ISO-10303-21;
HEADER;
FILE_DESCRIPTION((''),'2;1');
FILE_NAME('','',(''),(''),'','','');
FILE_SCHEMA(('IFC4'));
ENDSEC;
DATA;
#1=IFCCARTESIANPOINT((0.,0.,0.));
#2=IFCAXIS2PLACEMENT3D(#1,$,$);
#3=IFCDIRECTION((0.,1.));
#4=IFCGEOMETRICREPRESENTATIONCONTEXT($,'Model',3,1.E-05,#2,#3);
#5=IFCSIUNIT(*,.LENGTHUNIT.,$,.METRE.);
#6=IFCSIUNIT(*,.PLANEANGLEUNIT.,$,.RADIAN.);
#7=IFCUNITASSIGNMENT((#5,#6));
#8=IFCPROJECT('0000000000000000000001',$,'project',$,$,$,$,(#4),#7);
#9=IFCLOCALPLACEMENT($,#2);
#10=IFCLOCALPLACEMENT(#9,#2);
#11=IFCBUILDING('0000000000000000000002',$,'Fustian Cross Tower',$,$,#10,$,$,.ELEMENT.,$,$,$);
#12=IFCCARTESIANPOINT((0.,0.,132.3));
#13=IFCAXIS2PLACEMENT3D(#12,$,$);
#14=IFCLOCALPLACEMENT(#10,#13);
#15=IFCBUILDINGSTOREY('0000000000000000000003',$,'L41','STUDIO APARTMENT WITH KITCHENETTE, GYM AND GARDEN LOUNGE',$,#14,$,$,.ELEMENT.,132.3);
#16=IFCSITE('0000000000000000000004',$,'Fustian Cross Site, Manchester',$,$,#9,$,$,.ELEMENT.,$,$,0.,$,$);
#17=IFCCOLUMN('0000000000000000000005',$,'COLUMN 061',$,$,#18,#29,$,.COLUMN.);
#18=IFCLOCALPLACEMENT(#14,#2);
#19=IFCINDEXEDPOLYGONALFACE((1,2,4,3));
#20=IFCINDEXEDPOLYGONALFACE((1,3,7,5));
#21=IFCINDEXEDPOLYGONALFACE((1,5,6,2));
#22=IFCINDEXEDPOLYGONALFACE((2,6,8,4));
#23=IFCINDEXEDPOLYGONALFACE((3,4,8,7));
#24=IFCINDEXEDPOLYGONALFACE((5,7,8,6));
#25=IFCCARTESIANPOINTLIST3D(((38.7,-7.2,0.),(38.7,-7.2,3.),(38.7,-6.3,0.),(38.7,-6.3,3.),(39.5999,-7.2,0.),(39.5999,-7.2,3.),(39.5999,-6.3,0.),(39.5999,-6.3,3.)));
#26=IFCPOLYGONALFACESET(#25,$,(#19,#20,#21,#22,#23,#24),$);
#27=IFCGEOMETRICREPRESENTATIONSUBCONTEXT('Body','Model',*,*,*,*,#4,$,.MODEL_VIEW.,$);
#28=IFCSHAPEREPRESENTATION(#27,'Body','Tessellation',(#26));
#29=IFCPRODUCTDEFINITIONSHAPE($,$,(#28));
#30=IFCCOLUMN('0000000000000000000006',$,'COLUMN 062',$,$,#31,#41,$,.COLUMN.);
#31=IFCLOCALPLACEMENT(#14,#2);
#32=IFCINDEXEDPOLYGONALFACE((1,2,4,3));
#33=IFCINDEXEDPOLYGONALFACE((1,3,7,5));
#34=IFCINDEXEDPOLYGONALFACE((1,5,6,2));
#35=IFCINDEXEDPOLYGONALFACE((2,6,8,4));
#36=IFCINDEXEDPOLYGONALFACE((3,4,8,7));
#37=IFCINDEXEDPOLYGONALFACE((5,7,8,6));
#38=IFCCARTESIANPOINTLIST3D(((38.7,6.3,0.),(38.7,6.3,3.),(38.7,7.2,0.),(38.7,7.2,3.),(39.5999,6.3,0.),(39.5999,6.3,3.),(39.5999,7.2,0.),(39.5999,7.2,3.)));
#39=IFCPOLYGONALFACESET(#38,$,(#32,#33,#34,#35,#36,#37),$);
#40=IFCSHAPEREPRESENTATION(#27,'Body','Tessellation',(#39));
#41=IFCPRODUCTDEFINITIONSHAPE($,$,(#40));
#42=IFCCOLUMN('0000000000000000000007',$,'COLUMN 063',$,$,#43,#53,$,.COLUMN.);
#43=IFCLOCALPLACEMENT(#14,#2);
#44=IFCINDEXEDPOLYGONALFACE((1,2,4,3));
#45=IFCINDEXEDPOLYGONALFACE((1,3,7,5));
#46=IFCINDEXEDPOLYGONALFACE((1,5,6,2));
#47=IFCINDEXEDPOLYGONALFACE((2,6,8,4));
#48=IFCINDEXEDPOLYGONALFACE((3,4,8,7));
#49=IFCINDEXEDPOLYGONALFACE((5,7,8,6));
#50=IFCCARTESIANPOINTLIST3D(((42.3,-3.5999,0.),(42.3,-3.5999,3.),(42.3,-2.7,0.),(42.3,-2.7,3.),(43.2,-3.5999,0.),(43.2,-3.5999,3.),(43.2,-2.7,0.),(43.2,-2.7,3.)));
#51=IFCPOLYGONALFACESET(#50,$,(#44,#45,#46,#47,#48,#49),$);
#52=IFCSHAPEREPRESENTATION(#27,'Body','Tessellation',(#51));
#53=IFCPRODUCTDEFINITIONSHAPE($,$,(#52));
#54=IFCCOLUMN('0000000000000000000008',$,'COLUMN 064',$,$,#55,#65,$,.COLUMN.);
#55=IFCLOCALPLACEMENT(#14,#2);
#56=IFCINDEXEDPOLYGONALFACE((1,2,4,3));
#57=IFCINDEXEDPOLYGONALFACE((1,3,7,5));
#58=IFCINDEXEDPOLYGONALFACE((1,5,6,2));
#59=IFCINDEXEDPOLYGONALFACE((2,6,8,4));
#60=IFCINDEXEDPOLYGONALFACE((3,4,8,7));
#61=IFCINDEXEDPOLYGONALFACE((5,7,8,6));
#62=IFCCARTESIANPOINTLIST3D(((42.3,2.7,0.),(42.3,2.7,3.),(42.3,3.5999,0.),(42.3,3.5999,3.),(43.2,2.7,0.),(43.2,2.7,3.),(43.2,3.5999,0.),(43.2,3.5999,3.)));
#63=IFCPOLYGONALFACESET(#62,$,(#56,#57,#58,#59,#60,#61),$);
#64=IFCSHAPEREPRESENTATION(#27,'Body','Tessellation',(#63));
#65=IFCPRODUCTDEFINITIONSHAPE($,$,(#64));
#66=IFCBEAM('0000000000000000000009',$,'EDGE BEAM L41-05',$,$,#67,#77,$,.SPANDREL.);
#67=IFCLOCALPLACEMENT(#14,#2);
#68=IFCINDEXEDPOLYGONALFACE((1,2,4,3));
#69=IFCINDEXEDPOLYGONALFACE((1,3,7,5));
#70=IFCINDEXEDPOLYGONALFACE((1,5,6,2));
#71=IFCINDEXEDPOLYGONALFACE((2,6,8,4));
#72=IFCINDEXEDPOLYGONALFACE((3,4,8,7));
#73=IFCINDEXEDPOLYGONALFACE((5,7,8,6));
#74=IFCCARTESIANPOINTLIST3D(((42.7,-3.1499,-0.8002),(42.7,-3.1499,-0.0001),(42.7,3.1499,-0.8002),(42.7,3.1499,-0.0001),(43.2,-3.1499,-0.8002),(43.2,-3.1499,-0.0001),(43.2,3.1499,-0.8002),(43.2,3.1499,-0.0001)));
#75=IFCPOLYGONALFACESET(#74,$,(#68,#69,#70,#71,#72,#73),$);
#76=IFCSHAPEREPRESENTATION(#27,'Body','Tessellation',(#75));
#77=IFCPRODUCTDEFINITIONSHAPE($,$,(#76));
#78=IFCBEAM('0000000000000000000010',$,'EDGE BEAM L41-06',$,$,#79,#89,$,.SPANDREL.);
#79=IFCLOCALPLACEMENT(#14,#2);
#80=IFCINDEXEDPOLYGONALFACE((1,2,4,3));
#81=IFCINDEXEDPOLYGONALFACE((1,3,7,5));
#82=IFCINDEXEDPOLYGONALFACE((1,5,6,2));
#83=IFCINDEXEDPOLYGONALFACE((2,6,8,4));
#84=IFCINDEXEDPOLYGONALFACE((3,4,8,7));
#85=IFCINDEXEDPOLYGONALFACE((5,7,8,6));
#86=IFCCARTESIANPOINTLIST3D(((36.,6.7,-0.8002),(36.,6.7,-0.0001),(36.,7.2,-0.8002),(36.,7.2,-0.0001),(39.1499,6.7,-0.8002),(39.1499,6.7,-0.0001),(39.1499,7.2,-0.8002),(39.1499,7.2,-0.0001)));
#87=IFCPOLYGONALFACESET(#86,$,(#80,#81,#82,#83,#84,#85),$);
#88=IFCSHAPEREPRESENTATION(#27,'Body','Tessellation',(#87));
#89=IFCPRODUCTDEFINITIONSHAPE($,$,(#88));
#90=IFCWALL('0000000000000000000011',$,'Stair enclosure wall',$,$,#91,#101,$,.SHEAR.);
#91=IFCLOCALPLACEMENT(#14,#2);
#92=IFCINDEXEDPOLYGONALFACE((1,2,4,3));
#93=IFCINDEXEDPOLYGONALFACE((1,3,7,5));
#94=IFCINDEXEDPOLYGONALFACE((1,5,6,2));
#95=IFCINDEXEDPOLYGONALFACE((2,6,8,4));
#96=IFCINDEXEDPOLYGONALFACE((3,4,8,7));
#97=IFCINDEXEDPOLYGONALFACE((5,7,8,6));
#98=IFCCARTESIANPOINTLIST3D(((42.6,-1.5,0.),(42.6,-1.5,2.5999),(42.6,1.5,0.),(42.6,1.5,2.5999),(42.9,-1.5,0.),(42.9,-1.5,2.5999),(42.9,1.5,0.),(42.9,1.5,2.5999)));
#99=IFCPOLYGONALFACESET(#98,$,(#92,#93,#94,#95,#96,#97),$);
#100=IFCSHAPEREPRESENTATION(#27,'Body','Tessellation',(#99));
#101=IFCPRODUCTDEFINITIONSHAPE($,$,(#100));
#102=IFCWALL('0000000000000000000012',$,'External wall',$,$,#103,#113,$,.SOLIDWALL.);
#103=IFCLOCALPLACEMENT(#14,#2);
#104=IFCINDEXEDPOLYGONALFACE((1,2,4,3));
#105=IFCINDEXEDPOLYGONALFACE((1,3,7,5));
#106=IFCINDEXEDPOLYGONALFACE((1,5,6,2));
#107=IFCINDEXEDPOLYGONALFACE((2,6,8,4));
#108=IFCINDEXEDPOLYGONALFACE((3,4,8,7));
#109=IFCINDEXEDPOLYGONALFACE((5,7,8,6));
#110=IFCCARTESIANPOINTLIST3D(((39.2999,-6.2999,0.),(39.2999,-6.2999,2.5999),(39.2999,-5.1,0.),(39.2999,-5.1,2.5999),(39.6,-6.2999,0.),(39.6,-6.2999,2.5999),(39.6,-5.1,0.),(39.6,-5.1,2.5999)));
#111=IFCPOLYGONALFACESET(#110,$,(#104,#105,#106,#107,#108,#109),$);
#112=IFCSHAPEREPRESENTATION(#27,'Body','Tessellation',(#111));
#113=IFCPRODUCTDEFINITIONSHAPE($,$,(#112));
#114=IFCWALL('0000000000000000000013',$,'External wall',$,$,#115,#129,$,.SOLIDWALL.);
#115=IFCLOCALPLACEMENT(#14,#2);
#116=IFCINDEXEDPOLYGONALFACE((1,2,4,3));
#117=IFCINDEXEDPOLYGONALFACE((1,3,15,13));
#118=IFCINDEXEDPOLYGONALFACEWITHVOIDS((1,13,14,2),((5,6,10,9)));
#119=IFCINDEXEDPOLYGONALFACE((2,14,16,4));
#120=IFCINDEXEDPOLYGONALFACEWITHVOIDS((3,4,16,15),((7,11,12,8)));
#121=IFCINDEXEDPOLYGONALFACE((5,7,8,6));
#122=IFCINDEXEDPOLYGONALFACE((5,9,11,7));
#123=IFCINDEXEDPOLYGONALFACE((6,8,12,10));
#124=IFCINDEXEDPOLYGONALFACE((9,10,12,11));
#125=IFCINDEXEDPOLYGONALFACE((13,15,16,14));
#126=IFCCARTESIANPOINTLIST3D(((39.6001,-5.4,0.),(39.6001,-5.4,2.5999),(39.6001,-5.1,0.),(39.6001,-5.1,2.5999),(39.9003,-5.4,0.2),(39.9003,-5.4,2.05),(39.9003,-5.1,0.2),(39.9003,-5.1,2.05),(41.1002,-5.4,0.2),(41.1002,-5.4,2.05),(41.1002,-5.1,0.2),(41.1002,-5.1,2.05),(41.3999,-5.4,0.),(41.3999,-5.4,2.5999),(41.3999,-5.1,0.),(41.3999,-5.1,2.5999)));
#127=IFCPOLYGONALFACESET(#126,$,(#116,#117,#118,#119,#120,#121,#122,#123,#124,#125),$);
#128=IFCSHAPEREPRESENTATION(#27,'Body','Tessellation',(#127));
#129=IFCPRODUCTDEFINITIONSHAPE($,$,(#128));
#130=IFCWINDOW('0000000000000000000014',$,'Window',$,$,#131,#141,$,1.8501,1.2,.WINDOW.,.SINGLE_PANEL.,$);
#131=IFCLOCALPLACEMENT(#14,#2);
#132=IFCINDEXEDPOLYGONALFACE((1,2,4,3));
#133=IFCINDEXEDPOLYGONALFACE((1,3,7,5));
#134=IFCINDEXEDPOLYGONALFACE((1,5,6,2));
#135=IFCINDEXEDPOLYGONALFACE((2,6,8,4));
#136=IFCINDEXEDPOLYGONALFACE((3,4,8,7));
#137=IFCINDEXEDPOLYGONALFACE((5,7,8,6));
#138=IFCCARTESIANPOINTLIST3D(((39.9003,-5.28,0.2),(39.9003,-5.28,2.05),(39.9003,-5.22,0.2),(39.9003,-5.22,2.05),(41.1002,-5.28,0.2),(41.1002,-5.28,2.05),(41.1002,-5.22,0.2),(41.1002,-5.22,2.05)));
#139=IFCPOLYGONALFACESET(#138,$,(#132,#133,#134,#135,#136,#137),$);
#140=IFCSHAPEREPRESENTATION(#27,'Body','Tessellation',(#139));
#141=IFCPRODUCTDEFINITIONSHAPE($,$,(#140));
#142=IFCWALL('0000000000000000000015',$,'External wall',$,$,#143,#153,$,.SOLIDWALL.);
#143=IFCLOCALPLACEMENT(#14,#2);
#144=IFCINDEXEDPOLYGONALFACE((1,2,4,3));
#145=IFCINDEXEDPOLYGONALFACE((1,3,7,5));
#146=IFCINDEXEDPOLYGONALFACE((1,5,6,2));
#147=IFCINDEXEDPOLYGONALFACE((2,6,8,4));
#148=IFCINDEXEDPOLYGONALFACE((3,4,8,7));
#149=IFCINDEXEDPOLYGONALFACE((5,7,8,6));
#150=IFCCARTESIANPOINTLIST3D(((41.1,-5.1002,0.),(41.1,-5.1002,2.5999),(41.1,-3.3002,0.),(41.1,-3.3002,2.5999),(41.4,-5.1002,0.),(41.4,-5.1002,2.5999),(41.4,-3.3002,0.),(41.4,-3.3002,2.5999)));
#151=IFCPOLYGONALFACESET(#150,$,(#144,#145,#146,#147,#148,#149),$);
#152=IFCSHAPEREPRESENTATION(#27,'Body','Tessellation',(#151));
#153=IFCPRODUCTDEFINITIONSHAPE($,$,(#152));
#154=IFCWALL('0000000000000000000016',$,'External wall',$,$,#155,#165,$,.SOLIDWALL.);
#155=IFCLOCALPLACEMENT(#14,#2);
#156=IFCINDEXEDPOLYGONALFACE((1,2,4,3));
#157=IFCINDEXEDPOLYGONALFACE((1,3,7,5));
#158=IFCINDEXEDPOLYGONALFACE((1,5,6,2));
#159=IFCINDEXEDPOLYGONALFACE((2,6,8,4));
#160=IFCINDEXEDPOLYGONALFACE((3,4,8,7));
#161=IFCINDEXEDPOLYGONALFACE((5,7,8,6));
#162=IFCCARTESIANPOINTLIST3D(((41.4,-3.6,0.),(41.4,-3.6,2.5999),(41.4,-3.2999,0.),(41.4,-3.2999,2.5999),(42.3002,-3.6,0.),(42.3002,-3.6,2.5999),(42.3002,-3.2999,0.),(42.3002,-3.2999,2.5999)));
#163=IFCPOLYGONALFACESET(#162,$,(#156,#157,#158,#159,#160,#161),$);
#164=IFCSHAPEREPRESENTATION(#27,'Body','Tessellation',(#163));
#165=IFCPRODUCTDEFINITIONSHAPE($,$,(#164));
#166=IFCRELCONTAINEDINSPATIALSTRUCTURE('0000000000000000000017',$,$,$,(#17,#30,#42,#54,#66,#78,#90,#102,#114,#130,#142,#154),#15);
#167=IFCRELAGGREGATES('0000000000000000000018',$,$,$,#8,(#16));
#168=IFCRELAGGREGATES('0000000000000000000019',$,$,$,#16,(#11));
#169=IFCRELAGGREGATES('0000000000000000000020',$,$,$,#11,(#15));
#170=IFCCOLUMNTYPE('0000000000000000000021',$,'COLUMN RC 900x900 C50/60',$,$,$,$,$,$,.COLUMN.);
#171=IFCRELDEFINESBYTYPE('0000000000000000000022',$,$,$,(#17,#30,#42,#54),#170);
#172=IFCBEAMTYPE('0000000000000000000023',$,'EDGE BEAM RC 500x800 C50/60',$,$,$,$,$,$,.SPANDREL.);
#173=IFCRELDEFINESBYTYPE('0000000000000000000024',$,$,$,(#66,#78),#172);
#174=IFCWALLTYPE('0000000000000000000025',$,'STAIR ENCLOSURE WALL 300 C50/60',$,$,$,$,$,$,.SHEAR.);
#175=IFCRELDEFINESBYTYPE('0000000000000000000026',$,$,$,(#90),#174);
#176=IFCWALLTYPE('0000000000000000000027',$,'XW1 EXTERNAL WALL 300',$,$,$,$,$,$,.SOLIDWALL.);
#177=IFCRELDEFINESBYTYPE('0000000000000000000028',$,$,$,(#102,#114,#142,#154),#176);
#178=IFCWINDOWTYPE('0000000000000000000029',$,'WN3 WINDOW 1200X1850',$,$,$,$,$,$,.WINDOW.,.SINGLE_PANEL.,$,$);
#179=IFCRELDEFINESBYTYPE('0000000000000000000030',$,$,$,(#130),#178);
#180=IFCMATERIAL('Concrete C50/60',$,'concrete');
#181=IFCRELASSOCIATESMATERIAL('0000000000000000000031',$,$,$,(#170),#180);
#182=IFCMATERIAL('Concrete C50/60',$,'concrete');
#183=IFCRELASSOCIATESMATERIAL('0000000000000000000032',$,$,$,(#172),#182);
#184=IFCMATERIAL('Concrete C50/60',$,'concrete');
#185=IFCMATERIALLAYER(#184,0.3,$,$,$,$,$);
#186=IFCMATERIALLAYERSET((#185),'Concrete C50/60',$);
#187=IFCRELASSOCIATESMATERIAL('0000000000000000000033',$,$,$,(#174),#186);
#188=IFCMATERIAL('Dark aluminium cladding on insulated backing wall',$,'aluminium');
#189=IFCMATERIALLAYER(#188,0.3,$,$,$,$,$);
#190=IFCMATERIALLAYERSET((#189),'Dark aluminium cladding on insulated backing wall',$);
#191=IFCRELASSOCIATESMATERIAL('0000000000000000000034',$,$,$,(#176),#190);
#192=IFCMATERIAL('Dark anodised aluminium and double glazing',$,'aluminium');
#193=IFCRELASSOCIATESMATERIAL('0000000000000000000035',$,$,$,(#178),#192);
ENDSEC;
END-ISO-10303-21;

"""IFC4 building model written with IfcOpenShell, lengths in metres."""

from ifc_helpers import new_model, si_unit, direction, frame, frame_2d, origin, origin_2d, place, context, subcontext, project, spatial, rectangle, extrude, material, layer, layer_set, material_profile, profile_set, type_object, element, fill, save


model = new_model("IFC4")

# Units and contexts
model_context = context("Model", 3, precision=1e-05, world=origin(), true_north=direction((0.0, 1.0)))
body_context = subcontext(model_context, "Body", "Model", "MODEL_VIEW")
ifc_project = project(units=[si_unit("LENGTHUNIT", "METRE"), si_unit("PLANEANGLEUNIT", "RADIAN")], contexts=[model_context])

# Site, building, storey
site_placement = place(None, origin())
site = spatial("IfcSite", under=ifc_project, at=site_placement, Name="Fustian Cross Site, Manchester", CompositionType="ELEMENT", RefElevation=0.0)
building_placement = place(site_placement, origin())
building = spatial("IfcBuilding", under=site, at=building_placement, Name="Fustian Cross Tower", CompositionType="ELEMENT")
storey_placement = place(building_placement, frame((0.0, 0.0, 132.3)))
storey = spatial("IfcBuildingStorey", under=building, at=storey_placement, Name="L41", Description="STUDIO APARTMENT WITH KITCHENETTE, GYM AND GARDEN LOUNGE", CompositionType="ELEMENT", Elevation=132.3)

# Columns
ifc_material_1 = material(Name="Concrete C50/60", Category="concrete")
ifc_material_profile_1 = material_profile(ifc_material_1, rectangle(XDim=0.8999, YDim=0.8999, at=origin_2d()), Name="RC 900x900")
ifc_profile_set_1 = profile_set([ifc_material_profile_1], Name="Concrete C50/60")
column_type = type_object("IfcColumnType", Name="COLUMN RC 900x900 C50/60", PredefinedType="COLUMN", material=ifc_profile_set_1)
for number, where, z_axis, x_axis, name in (
    (1, (39.1499, -6.75, 0.0), (0.0, 0.0, 1.0), (1.0, 0.0, 0.0), "COLUMN 061"),
    (2, (39.1499, 6.75, 0.0), (0.0, 0.0, 1.0), (1.0, 0.0, 0.0), "COLUMN 062"),
    (3, (42.75, -3.1499, 0.0), (0.0, 0.0, 1.0), (1.0, 0.0, 0.0), "COLUMN 063"),
    (4, (42.75, 3.1499, 0.0), (0.0, 0.0, 1.0), (1.0, 0.0, 0.0), "COLUMN 064"),
):
    element("IfcColumn", number, at=place(storey_placement, frame(where, z_axis=z_axis, x_axis=x_axis)), inside=storey, type_object=column_type, Name=name, PredefinedType="COLUMN", context=body_context, shape_type="SweptSolid", body=[
        extrude(rectangle(XDim=0.8999, YDim=0.8999, at=origin_2d()), origin(), (0.0, 0.0, 1.0), 3.0),
    ])

# Beams
ifc_material_2 = material(Name="Concrete C50/60", Category="concrete")
ifc_material_profile_2 = material_profile(ifc_material_2, rectangle(XDim=0.5, YDim=0.8, at=origin_2d()), Name="RC 500x800")
ifc_profile_set_2 = profile_set([ifc_material_profile_2], Name="Concrete C50/60")
beam_type = type_object("IfcBeamType", Name="EDGE BEAM RC 500x800 C50/60", PredefinedType="SPANDREL", material=ifc_profile_set_2)
beam_1_placement = place(storey_placement, frame((42.95, -3.1499, -0.4001), z_axis=(0.0, 1.0, 0.0), x_axis=(-1.0, 0.0, 0.0)))
element("IfcBeam", 5, at=beam_1_placement, inside=storey, type_object=beam_type, Name="EDGE BEAM L41-05", PredefinedType="SPANDREL", context=body_context, shape_type="SweptSolid", body=[
    extrude(rectangle(XDim=0.5, YDim=0.8, at=origin_2d()), origin(), (0.0, 0.0, 1.0), 6.2998),
])
beam_2_placement = place(storey_placement, frame((39.1499, 6.95, -0.4001), z_axis=(-1.0, 0.0, 0.0), x_axis=(0.0, -1.0, 0.0)))
element("IfcBeam", 6, at=beam_2_placement, inside=storey, type_object=beam_type, Name="EDGE BEAM L41-06", PredefinedType="SPANDREL", context=body_context, shape_type="SweptSolid", body=[
    extrude(rectangle(XDim=0.5, YDim=0.8, at=origin_2d()), origin(), (0.0, 0.0, 1.0), 3.1499),
])

# Walls
ifc_material_3 = material(Name="Concrete C50/60", Category="concrete")
ifc_layer_1 = layer(ifc_material_3, 0.3)
ifc_layer_set_1 = layer_set([ifc_layer_1], Name="Concrete C50/60")
wall_type_1 = type_object("IfcWallType", Name="STAIR ENCLOSURE WALL 300 C50/60", PredefinedType="SHEAR", material=ifc_layer_set_1)
wall_1_placement = place(storey_placement, frame((42.75, -1.5, 0.0), z_axis=(0.0, 0.0, 1.0), x_axis=(0.0, 1.0, 0.0)))
element("IfcWall", 7, at=wall_1_placement, inside=storey, type_object=wall_type_1, Name="Stair enclosure wall", PredefinedType="SHEAR", context=body_context, shape_type="SweptSolid", body=[
    extrude(rectangle(XDim=3.0, YDim=0.3, at=frame_2d((1.5, 0.0))), origin(), (0.0, 0.0, 1.0), 2.5999),
])
ifc_material_4 = material(Name="Dark aluminium cladding on insulated backing wall", Category="aluminium")
ifc_layer_2 = layer(ifc_material_4, 0.3)
ifc_layer_set_2 = layer_set([ifc_layer_2], Name="Dark aluminium cladding on insulated backing wall")
wall_type_2 = type_object("IfcWallType", Name="XW1 EXTERNAL WALL 300", PredefinedType="SOLIDWALL", material=ifc_layer_set_2)
wall_2_placement = place(storey_placement, frame((39.45, -6.3, 0.0), z_axis=(0.0, 0.0, 1.0), x_axis=(0.0, 1.0, 0.0)))
element("IfcWall", 8, at=wall_2_placement, inside=storey, type_object=wall_type_2, Name="External wall", PredefinedType="SOLIDWALL", context=body_context, shape_type="SweptSolid", body=[
    extrude(rectangle(XDim=1.2, YDim=0.3, at=frame_2d((0.6001, 0.0))), origin(), (0.0, 0.0, 1.0), 2.5999),
])

# Wall, opening, window
wall_3_placement = place(storey_placement, frame((39.6001, -5.25, 0.0), z_axis=(0.0, 0.0, 1.0), x_axis=(1.0, 0.0, 0.0)))
wall_3 = element("IfcWall", 9, at=wall_3_placement, inside=storey, type_object=wall_type_2, Name="External wall", PredefinedType="SOLIDWALL", context=body_context, shape_type="SweptSolid", body=[
    extrude(rectangle(XDim=1.7998, YDim=0.3, at=frame_2d((0.8999, 0.0))), origin(), (0.0, 0.0, 1.0), 2.5999),
])
opening_1_placement = place(wall_3_placement, frame((0.3, 0.0, 0.2)))
opening_1 = element("IfcOpeningElement", 10, at=opening_1_placement, cuts=wall_3, PredefinedType="OPENING", context=body_context, shape_type="SweptSolid", body=[
    extrude(rectangle(XDim=1.2, YDim=1.8501, at=frame_2d((0.6001, 0.925))), frame((0.0, 0.1599, 0.0), z_axis=(0.0, -1.0, 0.0), x_axis=(1.0, 0.0, 0.0)), (0.0, 0.0, 1.0), 0.3201),
])
ifc_material_5 = material(Name="Dark anodised aluminium and double glazing", Category="aluminium")
window_type_1 = type_object("IfcWindowType", Name="WN3 WINDOW 1200X1850", PartitioningType="SINGLE_PANEL", PredefinedType="WINDOW", material=ifc_material_5)
window_1_placement = place(opening_1_placement, origin())
window_1 = element("IfcWindow", 11, at=window_1_placement, inside=storey, type_object=window_type_1, Name="Window", OverallHeight=1.8501, OverallWidth=1.2, PartitioningType="SINGLE_PANEL", PredefinedType="WINDOW", context=body_context, shape_type="SweptSolid", body=[
    extrude(rectangle(XDim=1.2, YDim=1.8501, at=frame_2d((0.6001, 0.925))), frame((0.0, 0.03, 0.0), z_axis=(0.0, -1.0, 0.0), x_axis=(1.0, 0.0, 0.0)), (0.0, 0.0, 1.0), 0.0601),
])
fill(opening_1, window_1)

# Walls
wall_4_placement = place(storey_placement, frame((41.25, -5.1001, 0.0), z_axis=(0.0, 0.0, 1.0), x_axis=(0.0, 1.0, 0.0)))
element("IfcWall", 12, at=wall_4_placement, inside=storey, type_object=wall_type_2, Name="External wall", PredefinedType="SOLIDWALL", context=body_context, shape_type="SweptSolid", body=[
    extrude(rectangle(XDim=1.8, YDim=0.3, at=frame_2d((0.8999, 0.0))), origin(), (0.0, 0.0, 1.0), 2.5999),
])
wall_5_placement = place(storey_placement, frame((41.3999, -3.45, 0.0), z_axis=(0.0, 0.0, 1.0), x_axis=(1.0, 0.0, 0.0)))
element("IfcWall", 13, at=wall_5_placement, inside=storey, type_object=wall_type_2, Name="External wall", PredefinedType="SOLIDWALL", context=body_context, shape_type="SweptSolid", body=[
    extrude(rectangle(XDim=0.9001, YDim=0.3, at=frame_2d((0.4502, 0.0))), origin(), (0.0, 0.0, 1.0), 2.5999),
])

save(model, "model.ifc")
